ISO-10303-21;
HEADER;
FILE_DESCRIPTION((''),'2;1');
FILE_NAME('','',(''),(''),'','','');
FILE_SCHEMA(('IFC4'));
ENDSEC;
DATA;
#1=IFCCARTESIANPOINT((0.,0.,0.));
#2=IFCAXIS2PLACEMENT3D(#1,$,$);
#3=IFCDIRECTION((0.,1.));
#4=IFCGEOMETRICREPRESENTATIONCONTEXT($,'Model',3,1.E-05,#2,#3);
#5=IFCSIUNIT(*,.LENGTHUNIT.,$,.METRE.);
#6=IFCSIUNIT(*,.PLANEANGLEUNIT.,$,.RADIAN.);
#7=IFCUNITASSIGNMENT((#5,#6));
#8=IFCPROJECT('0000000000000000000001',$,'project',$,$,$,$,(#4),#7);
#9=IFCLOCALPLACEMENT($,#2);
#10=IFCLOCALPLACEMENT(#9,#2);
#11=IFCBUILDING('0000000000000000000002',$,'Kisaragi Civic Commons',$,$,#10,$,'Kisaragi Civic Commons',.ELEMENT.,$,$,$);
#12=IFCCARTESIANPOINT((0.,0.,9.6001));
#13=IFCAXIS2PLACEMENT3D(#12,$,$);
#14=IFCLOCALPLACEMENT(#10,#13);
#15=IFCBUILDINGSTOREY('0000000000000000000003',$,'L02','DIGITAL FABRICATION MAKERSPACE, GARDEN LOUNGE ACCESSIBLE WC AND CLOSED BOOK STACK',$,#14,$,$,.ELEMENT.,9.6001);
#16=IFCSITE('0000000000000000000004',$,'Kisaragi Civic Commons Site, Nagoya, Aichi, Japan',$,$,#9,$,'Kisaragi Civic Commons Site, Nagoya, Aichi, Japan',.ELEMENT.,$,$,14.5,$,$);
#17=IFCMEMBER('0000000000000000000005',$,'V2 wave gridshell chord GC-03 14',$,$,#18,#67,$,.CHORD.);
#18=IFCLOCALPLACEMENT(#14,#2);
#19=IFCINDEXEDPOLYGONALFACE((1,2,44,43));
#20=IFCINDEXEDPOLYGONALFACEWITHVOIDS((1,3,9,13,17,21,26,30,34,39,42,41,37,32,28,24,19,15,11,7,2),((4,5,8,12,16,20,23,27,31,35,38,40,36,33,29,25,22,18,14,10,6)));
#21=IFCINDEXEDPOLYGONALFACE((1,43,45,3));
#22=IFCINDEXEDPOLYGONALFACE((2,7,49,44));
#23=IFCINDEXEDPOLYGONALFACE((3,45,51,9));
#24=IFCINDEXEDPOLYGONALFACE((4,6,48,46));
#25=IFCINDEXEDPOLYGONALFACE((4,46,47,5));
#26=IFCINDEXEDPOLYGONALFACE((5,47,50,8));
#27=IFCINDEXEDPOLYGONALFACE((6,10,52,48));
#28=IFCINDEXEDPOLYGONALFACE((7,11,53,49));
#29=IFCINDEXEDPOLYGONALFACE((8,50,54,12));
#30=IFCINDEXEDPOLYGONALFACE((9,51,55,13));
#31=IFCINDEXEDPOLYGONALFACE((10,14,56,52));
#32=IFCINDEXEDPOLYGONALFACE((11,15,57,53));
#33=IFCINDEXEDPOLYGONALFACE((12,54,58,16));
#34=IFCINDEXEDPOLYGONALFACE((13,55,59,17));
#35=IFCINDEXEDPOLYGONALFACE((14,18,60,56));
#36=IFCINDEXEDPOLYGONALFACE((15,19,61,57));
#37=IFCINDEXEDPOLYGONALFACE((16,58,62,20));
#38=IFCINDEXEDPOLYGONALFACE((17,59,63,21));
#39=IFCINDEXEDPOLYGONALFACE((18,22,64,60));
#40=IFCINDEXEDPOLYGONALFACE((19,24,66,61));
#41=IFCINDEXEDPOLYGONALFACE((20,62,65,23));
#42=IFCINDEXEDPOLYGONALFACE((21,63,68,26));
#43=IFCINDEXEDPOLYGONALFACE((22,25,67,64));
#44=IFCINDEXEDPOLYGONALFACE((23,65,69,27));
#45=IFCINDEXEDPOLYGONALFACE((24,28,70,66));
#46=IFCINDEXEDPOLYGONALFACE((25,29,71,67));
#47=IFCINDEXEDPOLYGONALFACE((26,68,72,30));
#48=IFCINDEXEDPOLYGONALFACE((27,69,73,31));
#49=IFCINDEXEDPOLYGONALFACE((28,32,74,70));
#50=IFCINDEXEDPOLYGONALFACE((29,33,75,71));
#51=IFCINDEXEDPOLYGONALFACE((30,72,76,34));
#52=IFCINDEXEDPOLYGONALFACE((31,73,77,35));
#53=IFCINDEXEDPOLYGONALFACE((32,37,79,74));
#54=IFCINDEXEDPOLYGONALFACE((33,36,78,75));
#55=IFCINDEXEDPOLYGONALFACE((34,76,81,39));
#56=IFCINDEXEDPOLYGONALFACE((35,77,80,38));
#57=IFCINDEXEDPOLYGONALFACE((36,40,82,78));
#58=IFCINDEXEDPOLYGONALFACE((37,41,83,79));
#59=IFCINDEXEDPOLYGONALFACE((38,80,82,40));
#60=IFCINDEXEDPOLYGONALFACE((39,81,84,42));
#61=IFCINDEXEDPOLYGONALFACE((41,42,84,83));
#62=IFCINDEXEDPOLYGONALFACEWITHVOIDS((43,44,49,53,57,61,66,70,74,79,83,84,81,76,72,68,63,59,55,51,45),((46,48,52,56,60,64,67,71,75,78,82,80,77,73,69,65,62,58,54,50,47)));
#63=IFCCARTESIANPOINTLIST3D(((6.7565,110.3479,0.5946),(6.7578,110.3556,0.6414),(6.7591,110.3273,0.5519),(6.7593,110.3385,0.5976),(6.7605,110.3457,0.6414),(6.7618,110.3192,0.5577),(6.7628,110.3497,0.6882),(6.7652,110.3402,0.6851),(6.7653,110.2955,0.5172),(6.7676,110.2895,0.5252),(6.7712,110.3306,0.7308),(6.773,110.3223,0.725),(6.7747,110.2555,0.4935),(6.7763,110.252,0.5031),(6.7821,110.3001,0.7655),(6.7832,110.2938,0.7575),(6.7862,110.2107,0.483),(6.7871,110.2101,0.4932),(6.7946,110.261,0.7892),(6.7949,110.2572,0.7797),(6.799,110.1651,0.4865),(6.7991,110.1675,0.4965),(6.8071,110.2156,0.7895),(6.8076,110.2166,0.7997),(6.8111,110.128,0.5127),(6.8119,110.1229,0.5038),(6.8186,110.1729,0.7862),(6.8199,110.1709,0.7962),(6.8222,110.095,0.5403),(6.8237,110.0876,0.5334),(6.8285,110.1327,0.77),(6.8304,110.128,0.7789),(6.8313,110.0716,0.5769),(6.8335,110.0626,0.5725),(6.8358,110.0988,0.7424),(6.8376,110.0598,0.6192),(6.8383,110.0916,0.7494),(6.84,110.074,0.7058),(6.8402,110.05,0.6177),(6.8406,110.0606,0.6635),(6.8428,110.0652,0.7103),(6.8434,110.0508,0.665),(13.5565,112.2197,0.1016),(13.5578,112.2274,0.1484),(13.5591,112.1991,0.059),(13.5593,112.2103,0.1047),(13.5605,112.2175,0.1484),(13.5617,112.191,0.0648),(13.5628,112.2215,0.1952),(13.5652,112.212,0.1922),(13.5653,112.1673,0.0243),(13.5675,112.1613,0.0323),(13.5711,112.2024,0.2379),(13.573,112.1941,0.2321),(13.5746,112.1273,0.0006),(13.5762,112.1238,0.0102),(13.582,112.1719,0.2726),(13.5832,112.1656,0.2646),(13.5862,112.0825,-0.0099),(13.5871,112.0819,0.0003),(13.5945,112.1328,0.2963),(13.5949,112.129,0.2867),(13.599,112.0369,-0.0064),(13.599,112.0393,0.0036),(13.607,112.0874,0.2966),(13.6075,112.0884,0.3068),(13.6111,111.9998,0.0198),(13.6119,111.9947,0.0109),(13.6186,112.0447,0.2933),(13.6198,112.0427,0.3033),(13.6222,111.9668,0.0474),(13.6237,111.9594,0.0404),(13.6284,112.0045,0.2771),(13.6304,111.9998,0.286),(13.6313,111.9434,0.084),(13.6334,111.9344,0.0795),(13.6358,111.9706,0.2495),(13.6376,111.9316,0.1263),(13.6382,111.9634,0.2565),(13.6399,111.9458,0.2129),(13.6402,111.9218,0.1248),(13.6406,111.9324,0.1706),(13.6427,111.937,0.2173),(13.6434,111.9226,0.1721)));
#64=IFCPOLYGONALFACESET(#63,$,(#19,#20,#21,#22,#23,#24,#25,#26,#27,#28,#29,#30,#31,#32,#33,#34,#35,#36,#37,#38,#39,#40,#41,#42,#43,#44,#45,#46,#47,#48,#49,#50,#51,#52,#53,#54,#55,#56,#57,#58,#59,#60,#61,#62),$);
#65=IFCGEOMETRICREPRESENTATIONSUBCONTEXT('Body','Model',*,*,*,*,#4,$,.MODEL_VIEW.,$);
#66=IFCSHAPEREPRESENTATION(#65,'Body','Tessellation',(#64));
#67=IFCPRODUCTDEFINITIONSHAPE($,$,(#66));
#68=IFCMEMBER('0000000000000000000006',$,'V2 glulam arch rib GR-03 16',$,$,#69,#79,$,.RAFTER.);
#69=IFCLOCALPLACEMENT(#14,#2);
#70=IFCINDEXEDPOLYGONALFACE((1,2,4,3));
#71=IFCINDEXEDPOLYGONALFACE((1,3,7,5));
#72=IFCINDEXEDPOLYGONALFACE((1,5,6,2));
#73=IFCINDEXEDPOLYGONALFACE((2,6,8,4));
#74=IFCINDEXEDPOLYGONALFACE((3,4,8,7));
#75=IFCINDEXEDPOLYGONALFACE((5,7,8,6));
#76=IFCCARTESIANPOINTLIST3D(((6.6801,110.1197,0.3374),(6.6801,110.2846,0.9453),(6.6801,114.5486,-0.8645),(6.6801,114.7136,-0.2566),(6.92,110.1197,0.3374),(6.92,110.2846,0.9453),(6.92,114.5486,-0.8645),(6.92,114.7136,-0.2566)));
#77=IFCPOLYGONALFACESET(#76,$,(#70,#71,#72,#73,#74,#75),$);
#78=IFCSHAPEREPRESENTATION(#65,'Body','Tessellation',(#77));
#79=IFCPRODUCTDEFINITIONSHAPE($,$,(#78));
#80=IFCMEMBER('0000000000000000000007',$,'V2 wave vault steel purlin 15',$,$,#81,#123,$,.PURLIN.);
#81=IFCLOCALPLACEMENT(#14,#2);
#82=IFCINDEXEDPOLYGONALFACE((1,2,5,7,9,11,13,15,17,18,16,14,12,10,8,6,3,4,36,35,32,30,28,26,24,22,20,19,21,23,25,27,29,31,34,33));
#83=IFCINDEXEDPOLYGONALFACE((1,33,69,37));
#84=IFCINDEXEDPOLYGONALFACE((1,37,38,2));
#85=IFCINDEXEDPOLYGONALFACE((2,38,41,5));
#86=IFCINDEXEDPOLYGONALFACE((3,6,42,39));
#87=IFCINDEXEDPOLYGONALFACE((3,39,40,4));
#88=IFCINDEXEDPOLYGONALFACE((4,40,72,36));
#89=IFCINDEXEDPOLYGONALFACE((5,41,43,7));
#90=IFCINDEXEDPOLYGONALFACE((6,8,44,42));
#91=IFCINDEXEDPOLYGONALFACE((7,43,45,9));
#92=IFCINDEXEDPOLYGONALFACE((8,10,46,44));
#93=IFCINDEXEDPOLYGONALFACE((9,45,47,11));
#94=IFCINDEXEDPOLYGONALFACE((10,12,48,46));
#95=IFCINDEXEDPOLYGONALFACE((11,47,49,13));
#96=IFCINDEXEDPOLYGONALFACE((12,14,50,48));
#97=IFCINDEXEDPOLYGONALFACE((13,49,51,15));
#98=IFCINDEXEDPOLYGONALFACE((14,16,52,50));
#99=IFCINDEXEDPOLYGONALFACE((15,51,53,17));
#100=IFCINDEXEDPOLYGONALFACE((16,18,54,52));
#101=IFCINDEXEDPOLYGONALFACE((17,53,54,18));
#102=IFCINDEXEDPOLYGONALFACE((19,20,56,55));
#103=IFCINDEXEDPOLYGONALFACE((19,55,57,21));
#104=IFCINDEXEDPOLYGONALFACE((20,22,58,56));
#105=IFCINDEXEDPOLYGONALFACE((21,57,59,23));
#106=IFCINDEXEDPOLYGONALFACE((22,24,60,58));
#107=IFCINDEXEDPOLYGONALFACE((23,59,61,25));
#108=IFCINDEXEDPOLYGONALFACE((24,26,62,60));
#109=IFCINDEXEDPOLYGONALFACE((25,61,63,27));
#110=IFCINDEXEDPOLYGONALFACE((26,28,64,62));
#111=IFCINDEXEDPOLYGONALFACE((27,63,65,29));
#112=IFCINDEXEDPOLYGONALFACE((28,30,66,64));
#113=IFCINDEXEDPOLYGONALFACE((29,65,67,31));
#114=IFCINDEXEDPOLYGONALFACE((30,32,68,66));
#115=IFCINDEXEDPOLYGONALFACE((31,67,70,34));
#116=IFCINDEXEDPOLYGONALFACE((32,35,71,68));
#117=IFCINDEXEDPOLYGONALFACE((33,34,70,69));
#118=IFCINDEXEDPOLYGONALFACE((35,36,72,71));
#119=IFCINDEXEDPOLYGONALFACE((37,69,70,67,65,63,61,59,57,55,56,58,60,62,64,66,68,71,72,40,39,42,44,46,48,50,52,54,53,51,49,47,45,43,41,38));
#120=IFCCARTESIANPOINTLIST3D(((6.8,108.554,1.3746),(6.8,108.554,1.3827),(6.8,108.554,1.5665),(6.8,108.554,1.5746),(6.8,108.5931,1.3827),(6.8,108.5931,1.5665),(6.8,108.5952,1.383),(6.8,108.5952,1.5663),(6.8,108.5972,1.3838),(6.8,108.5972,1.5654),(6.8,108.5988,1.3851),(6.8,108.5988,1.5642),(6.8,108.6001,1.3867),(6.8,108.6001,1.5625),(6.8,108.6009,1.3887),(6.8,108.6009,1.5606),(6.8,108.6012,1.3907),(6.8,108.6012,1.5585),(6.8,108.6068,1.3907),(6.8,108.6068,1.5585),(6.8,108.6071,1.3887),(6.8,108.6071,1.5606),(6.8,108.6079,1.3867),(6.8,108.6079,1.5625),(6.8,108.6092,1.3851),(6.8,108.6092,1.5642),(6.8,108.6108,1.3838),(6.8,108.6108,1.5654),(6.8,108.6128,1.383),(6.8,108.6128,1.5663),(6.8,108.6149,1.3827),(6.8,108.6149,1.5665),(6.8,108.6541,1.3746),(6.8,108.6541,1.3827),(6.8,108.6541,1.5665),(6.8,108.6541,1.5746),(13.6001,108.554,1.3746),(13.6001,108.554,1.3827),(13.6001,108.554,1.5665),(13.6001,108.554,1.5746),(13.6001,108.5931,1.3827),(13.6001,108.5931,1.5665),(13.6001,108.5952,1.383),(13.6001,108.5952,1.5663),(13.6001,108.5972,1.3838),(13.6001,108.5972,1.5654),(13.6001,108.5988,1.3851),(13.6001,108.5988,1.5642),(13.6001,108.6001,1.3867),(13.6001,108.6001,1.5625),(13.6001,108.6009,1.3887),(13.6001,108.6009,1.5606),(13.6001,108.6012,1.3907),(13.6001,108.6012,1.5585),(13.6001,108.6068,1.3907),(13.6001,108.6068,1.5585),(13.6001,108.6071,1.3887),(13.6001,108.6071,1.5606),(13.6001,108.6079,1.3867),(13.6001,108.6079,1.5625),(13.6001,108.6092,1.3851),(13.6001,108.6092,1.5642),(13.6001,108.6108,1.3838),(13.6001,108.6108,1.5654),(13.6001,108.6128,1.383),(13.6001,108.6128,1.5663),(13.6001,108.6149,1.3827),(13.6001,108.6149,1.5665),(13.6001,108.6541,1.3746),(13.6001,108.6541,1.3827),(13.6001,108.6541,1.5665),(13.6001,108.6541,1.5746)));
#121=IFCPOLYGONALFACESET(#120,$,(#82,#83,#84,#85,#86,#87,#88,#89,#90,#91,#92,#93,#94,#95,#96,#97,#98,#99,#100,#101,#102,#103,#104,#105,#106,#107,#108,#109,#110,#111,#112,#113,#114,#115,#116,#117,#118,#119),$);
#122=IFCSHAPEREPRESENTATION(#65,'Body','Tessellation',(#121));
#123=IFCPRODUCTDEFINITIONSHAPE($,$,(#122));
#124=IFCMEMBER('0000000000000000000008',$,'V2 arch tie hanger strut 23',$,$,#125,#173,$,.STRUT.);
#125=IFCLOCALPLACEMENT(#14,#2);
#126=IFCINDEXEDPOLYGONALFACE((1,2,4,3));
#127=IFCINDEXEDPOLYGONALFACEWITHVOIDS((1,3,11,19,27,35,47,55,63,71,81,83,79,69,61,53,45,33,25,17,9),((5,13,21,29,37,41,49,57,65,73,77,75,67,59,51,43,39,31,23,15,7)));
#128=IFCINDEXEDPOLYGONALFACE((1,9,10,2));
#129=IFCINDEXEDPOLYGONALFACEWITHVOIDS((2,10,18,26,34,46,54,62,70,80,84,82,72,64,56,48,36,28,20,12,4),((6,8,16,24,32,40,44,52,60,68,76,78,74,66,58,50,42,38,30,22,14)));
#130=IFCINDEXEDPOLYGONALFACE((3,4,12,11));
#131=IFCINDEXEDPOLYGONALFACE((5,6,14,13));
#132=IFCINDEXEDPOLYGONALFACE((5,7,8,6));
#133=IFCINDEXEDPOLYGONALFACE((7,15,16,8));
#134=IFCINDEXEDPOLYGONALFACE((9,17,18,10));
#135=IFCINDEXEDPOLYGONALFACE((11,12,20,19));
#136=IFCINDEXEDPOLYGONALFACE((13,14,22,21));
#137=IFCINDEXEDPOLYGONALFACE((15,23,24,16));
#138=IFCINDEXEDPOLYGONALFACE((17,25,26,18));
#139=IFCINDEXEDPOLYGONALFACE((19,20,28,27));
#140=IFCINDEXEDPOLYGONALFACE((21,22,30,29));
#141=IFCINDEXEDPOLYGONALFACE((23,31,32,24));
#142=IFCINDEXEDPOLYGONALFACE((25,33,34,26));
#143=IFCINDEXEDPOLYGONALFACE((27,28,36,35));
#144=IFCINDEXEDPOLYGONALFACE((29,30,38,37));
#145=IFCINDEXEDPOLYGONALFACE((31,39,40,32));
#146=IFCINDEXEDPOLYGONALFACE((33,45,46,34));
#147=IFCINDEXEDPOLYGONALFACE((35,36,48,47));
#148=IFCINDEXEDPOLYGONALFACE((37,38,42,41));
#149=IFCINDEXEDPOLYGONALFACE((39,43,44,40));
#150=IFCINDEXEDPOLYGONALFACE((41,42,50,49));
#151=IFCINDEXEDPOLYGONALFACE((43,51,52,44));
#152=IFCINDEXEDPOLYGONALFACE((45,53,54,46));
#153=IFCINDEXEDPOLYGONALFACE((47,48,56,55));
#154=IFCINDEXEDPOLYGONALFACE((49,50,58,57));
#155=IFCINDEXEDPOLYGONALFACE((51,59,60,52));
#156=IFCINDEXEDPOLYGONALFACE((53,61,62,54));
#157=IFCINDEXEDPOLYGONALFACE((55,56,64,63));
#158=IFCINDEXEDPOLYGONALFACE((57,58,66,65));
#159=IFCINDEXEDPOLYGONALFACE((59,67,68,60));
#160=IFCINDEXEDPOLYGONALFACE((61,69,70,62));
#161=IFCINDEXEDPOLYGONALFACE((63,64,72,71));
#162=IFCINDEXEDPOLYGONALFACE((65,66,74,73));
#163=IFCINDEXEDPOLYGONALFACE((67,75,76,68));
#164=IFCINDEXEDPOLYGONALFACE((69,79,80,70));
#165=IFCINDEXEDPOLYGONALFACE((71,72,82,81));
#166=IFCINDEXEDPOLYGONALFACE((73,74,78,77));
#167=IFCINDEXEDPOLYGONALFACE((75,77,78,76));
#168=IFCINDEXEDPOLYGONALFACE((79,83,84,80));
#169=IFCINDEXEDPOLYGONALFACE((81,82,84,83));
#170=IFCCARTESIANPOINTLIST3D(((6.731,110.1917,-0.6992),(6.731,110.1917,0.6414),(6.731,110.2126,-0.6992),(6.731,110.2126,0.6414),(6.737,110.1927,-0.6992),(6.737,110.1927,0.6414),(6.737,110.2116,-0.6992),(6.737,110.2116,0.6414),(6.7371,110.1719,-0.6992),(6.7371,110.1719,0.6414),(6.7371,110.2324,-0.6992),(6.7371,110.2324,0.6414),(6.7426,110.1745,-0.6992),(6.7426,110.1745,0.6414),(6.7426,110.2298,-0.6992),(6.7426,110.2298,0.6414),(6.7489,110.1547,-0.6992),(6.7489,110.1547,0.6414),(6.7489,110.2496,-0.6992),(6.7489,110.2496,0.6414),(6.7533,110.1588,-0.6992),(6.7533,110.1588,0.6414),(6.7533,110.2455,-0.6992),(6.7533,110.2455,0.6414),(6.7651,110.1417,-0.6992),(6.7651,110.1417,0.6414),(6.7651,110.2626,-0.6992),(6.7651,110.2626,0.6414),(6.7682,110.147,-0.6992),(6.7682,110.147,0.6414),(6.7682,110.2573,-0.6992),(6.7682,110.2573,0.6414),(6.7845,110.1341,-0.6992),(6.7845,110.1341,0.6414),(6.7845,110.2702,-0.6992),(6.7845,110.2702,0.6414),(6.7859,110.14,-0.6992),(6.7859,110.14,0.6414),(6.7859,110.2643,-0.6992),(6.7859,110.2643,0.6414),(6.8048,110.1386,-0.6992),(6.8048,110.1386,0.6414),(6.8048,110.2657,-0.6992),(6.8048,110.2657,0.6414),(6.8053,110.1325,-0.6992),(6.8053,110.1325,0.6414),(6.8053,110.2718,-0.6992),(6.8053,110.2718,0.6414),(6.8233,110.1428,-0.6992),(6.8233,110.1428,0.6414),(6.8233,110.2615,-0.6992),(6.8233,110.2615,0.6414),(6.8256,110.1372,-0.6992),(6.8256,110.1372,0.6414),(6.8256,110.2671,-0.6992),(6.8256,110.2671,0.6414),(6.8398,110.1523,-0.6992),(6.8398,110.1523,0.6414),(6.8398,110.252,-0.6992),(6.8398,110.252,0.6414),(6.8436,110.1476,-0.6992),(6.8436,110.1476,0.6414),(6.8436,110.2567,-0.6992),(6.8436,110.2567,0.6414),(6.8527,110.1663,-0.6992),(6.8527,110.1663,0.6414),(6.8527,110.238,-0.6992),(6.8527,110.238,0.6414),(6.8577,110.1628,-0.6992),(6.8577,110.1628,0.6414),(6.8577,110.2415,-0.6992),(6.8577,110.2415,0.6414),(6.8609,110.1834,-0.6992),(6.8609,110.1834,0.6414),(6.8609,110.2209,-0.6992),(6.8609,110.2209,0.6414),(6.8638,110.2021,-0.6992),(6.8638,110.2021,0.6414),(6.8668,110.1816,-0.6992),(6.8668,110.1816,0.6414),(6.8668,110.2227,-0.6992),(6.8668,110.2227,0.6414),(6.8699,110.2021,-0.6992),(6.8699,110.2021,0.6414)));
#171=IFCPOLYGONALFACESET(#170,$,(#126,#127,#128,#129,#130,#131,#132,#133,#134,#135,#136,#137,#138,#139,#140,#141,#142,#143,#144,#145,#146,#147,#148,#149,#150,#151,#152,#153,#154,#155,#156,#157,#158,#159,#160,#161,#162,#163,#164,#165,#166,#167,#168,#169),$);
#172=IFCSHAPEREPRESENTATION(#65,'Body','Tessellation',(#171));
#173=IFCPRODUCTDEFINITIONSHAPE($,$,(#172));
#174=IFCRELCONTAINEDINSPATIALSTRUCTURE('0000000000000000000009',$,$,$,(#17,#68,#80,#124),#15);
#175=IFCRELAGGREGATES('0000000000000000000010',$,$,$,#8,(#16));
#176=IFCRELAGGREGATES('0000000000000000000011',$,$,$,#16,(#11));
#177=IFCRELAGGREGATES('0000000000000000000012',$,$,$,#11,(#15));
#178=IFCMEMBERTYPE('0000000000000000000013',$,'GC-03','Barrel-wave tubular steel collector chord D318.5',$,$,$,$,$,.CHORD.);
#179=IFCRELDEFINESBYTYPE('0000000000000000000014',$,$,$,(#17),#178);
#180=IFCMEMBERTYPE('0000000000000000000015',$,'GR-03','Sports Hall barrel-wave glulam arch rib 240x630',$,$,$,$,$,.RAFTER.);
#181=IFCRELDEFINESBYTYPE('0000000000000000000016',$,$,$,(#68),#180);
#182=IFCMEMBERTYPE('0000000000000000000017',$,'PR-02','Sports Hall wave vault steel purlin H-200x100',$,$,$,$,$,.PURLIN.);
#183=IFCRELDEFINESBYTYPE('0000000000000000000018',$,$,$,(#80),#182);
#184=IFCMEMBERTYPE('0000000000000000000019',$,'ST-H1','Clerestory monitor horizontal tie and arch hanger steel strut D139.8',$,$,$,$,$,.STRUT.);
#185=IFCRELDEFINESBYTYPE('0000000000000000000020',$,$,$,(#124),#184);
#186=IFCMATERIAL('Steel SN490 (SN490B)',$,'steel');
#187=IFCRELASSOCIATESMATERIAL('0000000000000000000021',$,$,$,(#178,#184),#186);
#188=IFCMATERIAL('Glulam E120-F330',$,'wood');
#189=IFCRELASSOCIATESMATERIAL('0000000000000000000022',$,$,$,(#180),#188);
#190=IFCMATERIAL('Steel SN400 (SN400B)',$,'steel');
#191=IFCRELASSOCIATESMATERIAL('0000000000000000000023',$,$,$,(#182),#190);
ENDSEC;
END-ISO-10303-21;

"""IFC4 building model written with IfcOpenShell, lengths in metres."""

from ifc_helpers import new_model, si_unit, direction, frame, origin, origin_2d, place, context, subcontext, project, spatial, rectangle, hollow_circle, i_section, extrude, material, material_profile, profile_set, type_object, element, save


model = new_model("IFC4")

# Units and contexts
model_context = context("Model", 3, precision=1e-05, world=origin(), true_north=direction((0.0, 1.0)))
body_context = subcontext(model_context, "Body", "Model", "MODEL_VIEW")
ifc_project = project(units=[si_unit("LENGTHUNIT", "METRE"), si_unit("PLANEANGLEUNIT", "RADIAN")], contexts=[model_context])

# Site, building, storey
site_placement = place(None, origin())
site = spatial("IfcSite", under=ifc_project, at=site_placement, Name="Kisaragi Civic Commons Site, Nagoya, Aichi, Japan", LongName="Kisaragi Civic Commons Site, Nagoya, Aichi, Japan", CompositionType="ELEMENT", RefElevation=14.5)
building_placement = place(site_placement, origin())
building = spatial("IfcBuilding", under=site, at=building_placement, Name="Kisaragi Civic Commons", LongName="Kisaragi Civic Commons", CompositionType="ELEMENT")
storey_placement = place(building_placement, frame((0.0, 0.0, 9.6001)))
storey = spatial("IfcBuildingStorey", under=building, at=storey_placement, Name="L02", Description="DIGITAL FABRICATION MAKERSPACE, GARDEN LOUNGE ACCESSIBLE WC AND CLOSED BOOK STACK", CompositionType="ELEMENT", Elevation=9.6001)

# Members
ifc_material_1 = material(Name="Steel SN490 (SN490B)", Category="steel")
ifc_material_profile_1 = material_profile(ifc_material_1, hollow_circle(Radius=0.1592, WallThickness=0.0103, at=origin_2d()), Name="CHS-318.5x10.3", Category="steel")
ifc_profile_set_1 = profile_set([ifc_material_profile_1], Name="Steel SN490 (SN490B)")
member_type_1 = type_object("IfcMemberType", Name="GC-03", Description="Barrel-wave tubular steel collector chord D318.5", PredefinedType="CHORD", material=ifc_profile_set_1)
member_1_placement = place(storey_placement, frame((6.8, 110.2021, 0.6414), z_axis=(0.961794, 0.26475, -0.069718), x_axis=(-0.265395, 0.96414, 0.0)))
element("IfcMember", 1, at=member_1_placement, inside=storey, type_object=member_type_1, Name="V2 wave gridshell chord GC-03 14", PredefinedType="CHORD", context=body_context, shape_type="SweptSolid", body=[
    extrude(hollow_circle(Radius=0.1592, WallThickness=0.0103, at=origin_2d()), origin(), (0.0, 0.0, 1.0), 7.0701),
])
ifc_material_2 = material(Name="Glulam E120-F330", Category="wood")
ifc_material_profile_2 = material_profile(ifc_material_2, rectangle(XDim=0.24, YDim=0.6299, at=origin_2d()), Name="GL-240x630", Category="wood")
ifc_profile_set_2 = profile_set([ifc_material_profile_2], Name="Glulam E120-F330")
member_type_2 = type_object("IfcMemberType", Name="GR-03", Description="Sports Hall barrel-wave glulam arch rib 240x630", PredefinedType="RAFTER", material=ifc_profile_set_2)
member_2_placement = place(storey_placement, frame((6.8, 110.2021, 0.6414), z_axis=(0.0, 0.965095, -0.261902), x_axis=(-1.0, 0.0, 0.0)))
element("IfcMember", 2, at=member_2_placement, inside=storey, type_object=member_type_2, Name="V2 glulam arch rib GR-03 16", PredefinedType="RAFTER", context=body_context, shape_type="SweptSolid", body=[
    extrude(rectangle(XDim=0.24, YDim=0.6299, at=origin_2d()), origin(), (0.0, 0.0, 1.0), 4.5891),
])
ifc_material_3 = material(Name="Steel SN400 (SN400B)", Category="steel")
ifc_material_profile_3 = material_profile(ifc_material_3, i_section(OverallWidth=0.1001, OverallDepth=0.2, WebThickness=0.0056, FlangeThickness=0.0081, FilletRadius=0.0081, at=origin_2d()), Name="H-200x100x5.5x8", Category="steel")
ifc_profile_set_3 = profile_set([ifc_material_profile_3], Name="Steel SN400 (SN400B)")
member_type_3 = type_object("IfcMemberType", Name="PR-02", Description="Sports Hall wave vault steel purlin H-200x100", PredefinedType="PURLIN", material=ifc_profile_set_3)
member_3_placement = place(storey_placement, frame((6.8, 108.604, 1.4746), z_axis=(1.0, 0.0, 0.0), x_axis=(0.0, 1.0, 0.0)))
element("IfcMember", 3, at=member_3_placement, inside=storey, type_object=member_type_3, Name="V2 wave vault steel purlin 15", PredefinedType="PURLIN", context=body_context, shape_type="SweptSolid", body=[
    extrude(i_section(OverallWidth=0.1001, OverallDepth=0.2, WebThickness=0.0056, FlangeThickness=0.0081, FilletRadius=0.0081, at=origin_2d()), origin(), (0.0, 0.0, 1.0), 6.8),
])
ifc_material_profile_4 = material_profile(ifc_material_1, hollow_circle(Radius=0.0698, WallThickness=0.0061, at=origin_2d()), Name="CHS-139.8x6.0", Category="steel")
ifc_profile_set_4 = profile_set([ifc_material_profile_4], Name="Steel SN490 (SN490B)")
member_type_4 = type_object("IfcMemberType", Name="ST-H1", Description="Clerestory monitor horizontal tie and arch hanger steel strut D139.8", PredefinedType="STRUT", material=ifc_profile_set_4)
member_4_placement = place(storey_placement, frame((6.8, 110.2021, -0.6992), z_axis=(0.0, 0.0, 1.0), x_axis=(1.0, 0.0, 0.0)))
element("IfcMember", 4, at=member_4_placement, inside=storey, type_object=member_type_4, Name="V2 arch tie hanger strut 23", PredefinedType="STRUT", context=body_context, shape_type="SweptSolid", body=[
    extrude(hollow_circle(Radius=0.0698, WallThickness=0.0061, at=origin_2d()), origin(), (0.0, 0.0, 1.0), 1.3406),
])

save(model, "model.ifc")
